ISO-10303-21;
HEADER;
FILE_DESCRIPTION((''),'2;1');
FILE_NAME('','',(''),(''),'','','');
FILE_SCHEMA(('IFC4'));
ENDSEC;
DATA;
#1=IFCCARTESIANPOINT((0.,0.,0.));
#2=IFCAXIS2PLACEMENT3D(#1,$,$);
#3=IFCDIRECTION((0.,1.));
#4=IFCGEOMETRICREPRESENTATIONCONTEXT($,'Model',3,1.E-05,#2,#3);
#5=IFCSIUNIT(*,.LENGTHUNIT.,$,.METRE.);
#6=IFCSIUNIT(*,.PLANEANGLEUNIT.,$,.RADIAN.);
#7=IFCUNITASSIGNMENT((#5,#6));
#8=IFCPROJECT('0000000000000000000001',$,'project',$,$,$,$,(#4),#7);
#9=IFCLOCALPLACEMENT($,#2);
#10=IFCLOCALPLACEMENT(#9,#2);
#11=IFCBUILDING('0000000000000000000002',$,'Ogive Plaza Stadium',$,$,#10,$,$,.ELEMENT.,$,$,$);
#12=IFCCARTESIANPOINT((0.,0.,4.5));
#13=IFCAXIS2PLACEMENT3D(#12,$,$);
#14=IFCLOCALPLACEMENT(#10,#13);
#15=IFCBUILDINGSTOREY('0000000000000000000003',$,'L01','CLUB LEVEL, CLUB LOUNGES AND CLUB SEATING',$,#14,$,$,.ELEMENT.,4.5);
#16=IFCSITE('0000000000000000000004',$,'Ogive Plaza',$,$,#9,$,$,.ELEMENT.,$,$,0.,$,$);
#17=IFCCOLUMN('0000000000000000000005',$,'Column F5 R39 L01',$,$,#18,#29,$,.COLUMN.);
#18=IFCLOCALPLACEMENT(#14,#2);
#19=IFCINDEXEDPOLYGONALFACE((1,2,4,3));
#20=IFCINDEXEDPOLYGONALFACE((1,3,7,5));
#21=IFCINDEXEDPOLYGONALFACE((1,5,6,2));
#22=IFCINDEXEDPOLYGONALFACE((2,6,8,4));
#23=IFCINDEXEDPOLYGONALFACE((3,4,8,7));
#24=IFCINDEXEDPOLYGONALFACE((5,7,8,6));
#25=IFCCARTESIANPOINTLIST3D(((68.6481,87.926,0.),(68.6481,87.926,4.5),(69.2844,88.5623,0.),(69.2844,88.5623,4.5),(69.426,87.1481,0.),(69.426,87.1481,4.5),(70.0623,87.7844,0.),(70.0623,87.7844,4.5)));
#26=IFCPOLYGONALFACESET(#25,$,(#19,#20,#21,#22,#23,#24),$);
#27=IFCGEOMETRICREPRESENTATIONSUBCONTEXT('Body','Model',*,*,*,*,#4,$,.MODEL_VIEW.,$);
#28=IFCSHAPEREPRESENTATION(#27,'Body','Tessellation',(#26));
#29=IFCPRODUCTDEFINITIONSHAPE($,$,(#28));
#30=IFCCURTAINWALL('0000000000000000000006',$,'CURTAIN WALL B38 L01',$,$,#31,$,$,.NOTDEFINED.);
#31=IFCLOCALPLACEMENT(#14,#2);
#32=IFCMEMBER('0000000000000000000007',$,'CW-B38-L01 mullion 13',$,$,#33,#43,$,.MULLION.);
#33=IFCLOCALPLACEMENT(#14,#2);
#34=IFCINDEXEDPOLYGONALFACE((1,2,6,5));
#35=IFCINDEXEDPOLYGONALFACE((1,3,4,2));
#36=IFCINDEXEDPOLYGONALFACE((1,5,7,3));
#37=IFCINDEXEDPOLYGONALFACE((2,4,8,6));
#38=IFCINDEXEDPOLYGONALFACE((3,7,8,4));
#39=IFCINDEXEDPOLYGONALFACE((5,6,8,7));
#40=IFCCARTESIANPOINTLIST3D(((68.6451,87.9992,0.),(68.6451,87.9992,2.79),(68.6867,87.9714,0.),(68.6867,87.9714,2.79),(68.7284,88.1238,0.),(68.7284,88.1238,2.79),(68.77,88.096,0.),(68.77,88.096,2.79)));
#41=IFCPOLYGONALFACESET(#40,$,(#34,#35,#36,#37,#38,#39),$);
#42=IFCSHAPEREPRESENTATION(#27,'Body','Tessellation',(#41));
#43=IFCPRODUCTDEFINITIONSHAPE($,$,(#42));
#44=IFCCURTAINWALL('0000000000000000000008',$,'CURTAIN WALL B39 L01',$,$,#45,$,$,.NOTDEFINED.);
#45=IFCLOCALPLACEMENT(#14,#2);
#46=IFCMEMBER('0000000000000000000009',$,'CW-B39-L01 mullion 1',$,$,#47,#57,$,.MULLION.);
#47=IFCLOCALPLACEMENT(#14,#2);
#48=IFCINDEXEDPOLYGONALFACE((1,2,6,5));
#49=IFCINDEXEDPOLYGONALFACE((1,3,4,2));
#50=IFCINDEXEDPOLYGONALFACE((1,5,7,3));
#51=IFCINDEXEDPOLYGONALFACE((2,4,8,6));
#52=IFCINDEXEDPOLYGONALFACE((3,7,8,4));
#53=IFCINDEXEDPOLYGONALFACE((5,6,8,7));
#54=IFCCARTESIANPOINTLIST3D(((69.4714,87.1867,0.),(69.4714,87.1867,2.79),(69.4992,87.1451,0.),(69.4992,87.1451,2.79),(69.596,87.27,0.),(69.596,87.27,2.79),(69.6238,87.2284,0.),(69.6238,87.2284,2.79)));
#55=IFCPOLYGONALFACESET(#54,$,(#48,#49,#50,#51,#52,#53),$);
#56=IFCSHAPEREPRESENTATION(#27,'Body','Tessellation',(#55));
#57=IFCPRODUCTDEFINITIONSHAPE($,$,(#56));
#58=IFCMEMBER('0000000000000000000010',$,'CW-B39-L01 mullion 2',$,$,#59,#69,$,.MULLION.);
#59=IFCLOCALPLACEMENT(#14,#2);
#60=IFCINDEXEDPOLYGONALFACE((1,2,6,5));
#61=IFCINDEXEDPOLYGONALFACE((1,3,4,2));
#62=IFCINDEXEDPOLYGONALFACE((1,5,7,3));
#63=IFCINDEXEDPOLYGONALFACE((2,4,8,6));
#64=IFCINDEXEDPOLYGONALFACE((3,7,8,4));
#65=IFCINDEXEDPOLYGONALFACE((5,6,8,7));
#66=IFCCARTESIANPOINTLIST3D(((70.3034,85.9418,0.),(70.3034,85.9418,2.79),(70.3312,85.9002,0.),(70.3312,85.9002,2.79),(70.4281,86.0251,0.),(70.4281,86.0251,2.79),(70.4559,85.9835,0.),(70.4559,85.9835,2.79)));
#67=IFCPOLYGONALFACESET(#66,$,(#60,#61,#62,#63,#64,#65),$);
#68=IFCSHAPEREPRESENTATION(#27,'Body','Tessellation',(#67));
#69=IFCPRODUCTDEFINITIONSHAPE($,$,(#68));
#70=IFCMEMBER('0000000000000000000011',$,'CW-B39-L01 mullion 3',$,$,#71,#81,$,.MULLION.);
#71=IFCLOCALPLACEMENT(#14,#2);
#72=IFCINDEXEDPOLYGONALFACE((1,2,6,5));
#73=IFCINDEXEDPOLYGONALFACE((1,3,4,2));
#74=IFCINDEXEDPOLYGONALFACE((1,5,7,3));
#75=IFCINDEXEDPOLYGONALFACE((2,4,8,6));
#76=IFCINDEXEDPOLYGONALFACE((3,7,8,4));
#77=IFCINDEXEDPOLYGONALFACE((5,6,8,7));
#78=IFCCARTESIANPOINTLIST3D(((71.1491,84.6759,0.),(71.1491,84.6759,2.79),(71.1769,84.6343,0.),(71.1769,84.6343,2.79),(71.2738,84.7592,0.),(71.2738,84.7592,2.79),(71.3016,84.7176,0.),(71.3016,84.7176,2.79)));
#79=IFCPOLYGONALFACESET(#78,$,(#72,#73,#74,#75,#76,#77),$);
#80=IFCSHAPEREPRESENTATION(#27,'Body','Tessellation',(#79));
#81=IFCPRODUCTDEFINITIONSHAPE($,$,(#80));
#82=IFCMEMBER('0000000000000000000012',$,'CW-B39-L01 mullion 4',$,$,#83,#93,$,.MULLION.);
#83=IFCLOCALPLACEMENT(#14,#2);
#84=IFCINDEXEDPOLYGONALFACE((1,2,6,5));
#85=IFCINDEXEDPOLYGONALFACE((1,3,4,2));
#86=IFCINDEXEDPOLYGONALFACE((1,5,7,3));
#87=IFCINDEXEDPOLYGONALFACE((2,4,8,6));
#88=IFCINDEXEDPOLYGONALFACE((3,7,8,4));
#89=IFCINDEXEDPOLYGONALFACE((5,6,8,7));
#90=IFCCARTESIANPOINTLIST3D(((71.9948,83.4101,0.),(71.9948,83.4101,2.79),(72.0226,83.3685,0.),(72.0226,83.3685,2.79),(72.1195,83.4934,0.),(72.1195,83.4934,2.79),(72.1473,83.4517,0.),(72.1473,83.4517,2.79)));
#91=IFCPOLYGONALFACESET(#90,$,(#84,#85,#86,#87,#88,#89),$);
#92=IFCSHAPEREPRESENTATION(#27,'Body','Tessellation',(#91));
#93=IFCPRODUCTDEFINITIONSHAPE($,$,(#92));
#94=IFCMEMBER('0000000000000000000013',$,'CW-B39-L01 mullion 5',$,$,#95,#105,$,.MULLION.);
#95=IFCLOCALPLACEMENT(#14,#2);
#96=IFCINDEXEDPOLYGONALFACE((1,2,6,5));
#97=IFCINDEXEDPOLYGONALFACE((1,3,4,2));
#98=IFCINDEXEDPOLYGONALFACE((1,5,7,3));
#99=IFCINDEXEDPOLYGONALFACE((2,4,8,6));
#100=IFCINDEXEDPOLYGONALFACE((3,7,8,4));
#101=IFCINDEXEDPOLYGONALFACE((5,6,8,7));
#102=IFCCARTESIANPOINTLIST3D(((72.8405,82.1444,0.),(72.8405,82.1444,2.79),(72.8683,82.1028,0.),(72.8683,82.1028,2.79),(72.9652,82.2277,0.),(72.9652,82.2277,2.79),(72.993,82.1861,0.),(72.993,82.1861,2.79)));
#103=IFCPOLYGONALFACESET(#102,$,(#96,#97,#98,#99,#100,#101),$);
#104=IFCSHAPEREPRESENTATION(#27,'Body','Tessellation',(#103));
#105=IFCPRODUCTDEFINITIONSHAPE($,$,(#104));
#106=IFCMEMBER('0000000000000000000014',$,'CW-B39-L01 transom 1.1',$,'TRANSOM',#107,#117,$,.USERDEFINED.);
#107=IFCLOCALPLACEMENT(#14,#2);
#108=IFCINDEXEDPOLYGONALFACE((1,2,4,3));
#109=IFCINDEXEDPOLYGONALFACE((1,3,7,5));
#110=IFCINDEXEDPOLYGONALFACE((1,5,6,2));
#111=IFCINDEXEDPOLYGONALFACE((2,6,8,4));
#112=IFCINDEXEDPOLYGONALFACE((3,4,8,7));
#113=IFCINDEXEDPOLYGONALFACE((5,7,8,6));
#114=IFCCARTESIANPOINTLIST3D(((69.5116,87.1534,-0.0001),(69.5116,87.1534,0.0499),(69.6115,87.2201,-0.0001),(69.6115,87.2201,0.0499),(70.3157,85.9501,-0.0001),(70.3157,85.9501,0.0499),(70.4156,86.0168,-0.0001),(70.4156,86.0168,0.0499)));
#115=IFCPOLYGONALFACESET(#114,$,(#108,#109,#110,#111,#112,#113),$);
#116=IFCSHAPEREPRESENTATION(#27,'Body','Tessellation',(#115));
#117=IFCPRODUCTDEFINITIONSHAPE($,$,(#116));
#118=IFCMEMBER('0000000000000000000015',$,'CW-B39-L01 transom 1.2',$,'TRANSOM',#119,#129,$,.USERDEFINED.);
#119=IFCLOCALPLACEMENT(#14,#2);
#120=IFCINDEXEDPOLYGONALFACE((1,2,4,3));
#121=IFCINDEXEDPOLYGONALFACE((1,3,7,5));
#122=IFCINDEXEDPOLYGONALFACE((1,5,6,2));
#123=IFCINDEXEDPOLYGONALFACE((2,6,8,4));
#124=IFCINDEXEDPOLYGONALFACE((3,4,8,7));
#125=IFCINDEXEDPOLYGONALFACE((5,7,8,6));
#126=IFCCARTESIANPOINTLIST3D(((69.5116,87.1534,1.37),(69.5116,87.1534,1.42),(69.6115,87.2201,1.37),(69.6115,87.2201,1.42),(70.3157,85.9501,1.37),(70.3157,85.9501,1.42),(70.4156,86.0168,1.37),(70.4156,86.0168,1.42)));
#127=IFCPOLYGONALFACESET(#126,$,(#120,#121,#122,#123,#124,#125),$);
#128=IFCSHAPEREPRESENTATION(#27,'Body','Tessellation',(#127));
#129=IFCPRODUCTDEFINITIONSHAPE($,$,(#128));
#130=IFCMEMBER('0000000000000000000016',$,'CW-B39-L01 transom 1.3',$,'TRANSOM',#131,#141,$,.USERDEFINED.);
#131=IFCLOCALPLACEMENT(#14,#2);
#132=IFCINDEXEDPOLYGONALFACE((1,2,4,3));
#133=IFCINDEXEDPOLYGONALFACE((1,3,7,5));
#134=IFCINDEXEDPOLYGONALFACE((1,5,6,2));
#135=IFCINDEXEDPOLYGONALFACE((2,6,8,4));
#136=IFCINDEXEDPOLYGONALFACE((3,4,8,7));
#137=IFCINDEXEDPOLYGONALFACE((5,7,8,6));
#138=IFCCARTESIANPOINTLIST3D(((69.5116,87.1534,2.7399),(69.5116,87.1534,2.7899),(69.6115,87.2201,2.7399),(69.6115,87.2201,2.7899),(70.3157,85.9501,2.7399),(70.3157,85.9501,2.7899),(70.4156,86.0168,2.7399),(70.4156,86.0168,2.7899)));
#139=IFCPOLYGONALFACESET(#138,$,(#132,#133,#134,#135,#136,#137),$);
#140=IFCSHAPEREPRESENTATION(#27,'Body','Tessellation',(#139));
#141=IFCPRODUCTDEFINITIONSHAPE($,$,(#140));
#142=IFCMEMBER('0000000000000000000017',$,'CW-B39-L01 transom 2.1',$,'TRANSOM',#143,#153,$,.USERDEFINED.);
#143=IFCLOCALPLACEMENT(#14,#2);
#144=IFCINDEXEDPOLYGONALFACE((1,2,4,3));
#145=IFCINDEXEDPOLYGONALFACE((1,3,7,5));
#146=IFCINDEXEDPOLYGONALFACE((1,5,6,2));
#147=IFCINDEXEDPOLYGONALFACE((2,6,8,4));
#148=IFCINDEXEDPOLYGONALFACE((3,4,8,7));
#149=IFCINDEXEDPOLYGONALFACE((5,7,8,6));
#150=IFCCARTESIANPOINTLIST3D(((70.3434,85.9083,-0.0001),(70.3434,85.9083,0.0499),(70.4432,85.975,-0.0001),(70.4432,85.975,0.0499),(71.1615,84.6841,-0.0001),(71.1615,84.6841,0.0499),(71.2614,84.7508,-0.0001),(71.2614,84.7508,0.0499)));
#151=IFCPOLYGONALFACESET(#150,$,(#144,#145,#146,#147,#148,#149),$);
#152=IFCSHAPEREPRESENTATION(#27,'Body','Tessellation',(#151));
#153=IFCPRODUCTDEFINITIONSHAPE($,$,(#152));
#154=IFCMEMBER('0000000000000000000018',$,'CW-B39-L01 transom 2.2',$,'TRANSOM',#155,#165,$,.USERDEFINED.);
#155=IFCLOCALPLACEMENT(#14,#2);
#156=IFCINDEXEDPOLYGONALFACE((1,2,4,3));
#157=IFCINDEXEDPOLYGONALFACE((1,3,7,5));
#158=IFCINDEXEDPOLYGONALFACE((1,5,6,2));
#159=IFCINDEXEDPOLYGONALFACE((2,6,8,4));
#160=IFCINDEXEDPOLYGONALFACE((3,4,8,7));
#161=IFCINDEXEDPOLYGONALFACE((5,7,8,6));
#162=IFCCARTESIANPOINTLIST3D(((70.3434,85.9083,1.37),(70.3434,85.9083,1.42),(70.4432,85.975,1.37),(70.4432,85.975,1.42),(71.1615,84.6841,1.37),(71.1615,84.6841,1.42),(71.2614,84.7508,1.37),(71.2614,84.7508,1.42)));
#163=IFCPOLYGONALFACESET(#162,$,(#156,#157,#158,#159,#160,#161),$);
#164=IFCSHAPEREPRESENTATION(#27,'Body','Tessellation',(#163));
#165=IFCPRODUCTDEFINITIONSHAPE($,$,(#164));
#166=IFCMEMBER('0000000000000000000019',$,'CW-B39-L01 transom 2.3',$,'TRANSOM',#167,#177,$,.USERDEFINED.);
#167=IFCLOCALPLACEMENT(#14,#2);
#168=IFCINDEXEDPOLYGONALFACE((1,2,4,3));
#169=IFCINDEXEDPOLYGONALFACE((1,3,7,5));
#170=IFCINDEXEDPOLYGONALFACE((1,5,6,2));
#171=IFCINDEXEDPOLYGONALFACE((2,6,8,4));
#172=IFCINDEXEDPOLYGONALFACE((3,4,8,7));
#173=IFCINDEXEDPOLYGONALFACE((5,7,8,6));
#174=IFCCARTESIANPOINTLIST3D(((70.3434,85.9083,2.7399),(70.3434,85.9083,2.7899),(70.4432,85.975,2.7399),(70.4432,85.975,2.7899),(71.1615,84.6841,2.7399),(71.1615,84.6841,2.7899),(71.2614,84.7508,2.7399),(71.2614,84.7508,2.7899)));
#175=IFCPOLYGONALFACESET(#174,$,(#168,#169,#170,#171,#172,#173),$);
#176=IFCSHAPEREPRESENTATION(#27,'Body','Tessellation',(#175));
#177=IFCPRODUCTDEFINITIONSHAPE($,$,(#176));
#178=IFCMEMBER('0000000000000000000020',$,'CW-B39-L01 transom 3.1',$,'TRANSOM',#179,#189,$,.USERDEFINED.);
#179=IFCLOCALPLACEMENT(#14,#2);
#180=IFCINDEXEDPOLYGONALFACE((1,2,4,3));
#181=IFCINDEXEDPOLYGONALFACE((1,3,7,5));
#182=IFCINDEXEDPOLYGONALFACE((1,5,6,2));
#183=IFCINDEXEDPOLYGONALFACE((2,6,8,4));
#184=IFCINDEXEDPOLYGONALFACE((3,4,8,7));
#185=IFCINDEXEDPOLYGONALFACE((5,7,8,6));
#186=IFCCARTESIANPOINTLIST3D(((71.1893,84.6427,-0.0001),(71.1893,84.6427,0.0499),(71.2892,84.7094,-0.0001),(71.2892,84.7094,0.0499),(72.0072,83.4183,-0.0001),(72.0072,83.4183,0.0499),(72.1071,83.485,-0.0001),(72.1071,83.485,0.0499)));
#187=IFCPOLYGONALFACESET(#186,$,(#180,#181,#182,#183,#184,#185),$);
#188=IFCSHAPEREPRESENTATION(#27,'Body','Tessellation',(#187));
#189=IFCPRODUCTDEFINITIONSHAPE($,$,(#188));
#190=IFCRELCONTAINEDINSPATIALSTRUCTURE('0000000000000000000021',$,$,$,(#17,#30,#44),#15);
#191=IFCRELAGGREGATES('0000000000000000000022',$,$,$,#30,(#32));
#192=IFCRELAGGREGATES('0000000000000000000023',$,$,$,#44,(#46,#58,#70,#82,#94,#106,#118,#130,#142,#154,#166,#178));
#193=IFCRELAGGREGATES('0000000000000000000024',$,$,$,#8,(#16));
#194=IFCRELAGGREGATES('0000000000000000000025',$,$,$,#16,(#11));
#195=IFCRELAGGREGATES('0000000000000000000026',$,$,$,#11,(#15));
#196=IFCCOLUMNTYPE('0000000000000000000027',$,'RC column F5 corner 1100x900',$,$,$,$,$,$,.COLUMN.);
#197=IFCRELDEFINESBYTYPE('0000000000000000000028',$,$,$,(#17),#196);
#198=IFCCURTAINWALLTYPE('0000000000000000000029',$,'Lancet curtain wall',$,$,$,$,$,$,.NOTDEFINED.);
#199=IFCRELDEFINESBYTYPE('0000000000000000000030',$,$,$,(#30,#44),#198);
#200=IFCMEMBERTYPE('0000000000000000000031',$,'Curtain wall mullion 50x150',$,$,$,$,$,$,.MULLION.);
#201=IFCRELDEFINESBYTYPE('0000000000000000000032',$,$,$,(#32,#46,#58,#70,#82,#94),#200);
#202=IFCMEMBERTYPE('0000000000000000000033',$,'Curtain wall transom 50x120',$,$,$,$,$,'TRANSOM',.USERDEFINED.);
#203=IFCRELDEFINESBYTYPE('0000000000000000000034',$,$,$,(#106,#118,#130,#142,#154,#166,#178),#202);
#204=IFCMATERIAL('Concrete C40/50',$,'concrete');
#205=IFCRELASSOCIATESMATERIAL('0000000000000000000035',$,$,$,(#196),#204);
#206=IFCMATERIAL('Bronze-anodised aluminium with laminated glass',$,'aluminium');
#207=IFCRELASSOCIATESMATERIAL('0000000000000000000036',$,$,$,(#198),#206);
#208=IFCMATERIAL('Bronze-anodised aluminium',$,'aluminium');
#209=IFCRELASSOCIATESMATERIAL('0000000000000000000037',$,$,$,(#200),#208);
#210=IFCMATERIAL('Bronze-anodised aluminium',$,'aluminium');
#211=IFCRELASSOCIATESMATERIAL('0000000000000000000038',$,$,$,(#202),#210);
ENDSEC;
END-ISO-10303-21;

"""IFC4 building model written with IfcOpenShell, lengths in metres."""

from ifc_helpers import new_model, si_unit, direction, frame, origin, origin_2d, place, context, subcontext, project, spatial, rectangle, extrude, material, material_profile, profile_set, type_object, element, aggregate, save


model = new_model("IFC4")

# Units and contexts
model_context = context("Model", 3, precision=1e-05, world=origin(), true_north=direction((0.0, 1.0)))
body_context = subcontext(model_context, "Body", "Model", "MODEL_VIEW")
ifc_project = project(units=[si_unit("LENGTHUNIT", "METRE"), si_unit("PLANEANGLEUNIT", "RADIAN")], contexts=[model_context])

# Site, building, storey
site_placement = place(None, origin())
site = spatial("IfcSite", under=ifc_project, at=site_placement, Name="Ogive Plaza", CompositionType="ELEMENT", RefElevation=0.0)
building_placement = place(site_placement, origin())
building = spatial("IfcBuilding", under=site, at=building_placement, Name="Ogive Plaza Stadium", CompositionType="ELEMENT")
storey_placement = place(building_placement, frame((0.0, 0.0, 4.5)))
storey = spatial("IfcBuildingStorey", under=building, at=storey_placement, Name="L01", Description="CLUB LEVEL, CLUB LOUNGES AND CLUB SEATING", CompositionType="ELEMENT", Elevation=4.5)

# Column
ifc_material_1 = material(Name="Concrete C40/50", Category="concrete")
ifc_material_profile_1 = material_profile(ifc_material_1, rectangle(XDim=1.1001, YDim=0.8999, at=origin_2d()), Name="RC 1100x900")
ifc_profile_set_1 = profile_set([ifc_material_profile_1], Name="Concrete C40/50")
column_type = type_object("IfcColumnType", Name="RC column F5 corner 1100x900", PredefinedType="COLUMN", material=ifc_profile_set_1)
column_placement = place(storey_placement, frame((69.3552, 87.8552, 0.0), z_axis=(0.0, 0.0, 1.0), x_axis=(-0.707107, 0.707107, 0.0)))
element("IfcColumn", 1, at=column_placement, inside=storey, type_object=column_type, Name="Column F5 R39 L01", PredefinedType="COLUMN", context=body_context, shape_type="SweptSolid", body=[
    extrude(rectangle(XDim=1.1001, YDim=0.8999, at=origin_2d()), origin(), (0.0, 0.0, 1.0), 4.5),
])

# Curtain wall, member
ifc_material_2 = material(Name="Bronze-anodised aluminium with laminated glass", Category="aluminium")
curtain_wall_type = type_object("IfcCurtainWallType", Name="Lancet curtain wall", PredefinedType="NOTDEFINED", material=ifc_material_2)
curtain_wall_1_placement = place(storey_placement, origin())
curtain_wall_1 = element("IfcCurtainWall", 2, at=curtain_wall_1_placement, inside=storey, type_object=curtain_wall_type, Name="CURTAIN WALL B38 L01", PredefinedType="NOTDEFINED")
ifc_material_3 = material(Name="Bronze-anodised aluminium", Category="aluminium")
ifc_material_profile_2 = material_profile(ifc_material_3, rectangle(XDim=0.1499, YDim=0.05, at=origin_2d()), Name="AL 150x50")
ifc_profile_set_2 = profile_set([ifc_material_profile_2], Name="Bronze-anodised aluminium")
member_type_1 = type_object("IfcMemberType", Name="Curtain wall mullion 50x150", PredefinedType="MULLION", material=ifc_profile_set_2)
member_1_placement = place(storey_placement, frame((68.7075, 88.0476, 0.0), z_axis=(0.0, 0.0, 1.0), x_axis=(0.55557, 0.83147, 0.0)))
member_1 = element("IfcMember", 3, at=member_1_placement, type_object=member_type_1, Name="CW-B38-L01 mullion 13", PredefinedType="MULLION", context=body_context, shape_type="SweptSolid", body=[
    extrude(rectangle(XDim=0.1499, YDim=0.05, at=origin_2d()), origin(), (0.0, 0.0, 1.0), 2.79),
])

# Curtain wall, members
curtain_wall_2_placement = place(storey_placement, origin())
curtain_wall_2 = element("IfcCurtainWall", 4, at=curtain_wall_2_placement, inside=storey, type_object=curtain_wall_type, Name="CURTAIN WALL B39 L01", PredefinedType="NOTDEFINED")
member_2_placement = place(storey_placement, frame((69.5476, 87.2075, 0.0), z_axis=(0.0, 0.0, 1.0), x_axis=(0.83147, 0.55557, 0.0)))
member_2 = element("IfcMember", 5, at=member_2_placement, type_object=member_type_1, Name="CW-B39-L01 mullion 1", PredefinedType="MULLION", context=body_context, shape_type="SweptSolid", body=[
    extrude(rectangle(XDim=0.1499, YDim=0.05, at=origin_2d()), origin(), (0.0, 0.0, 1.0), 2.79),
])
member_3_placement = place(storey_placement, frame((70.3796, 85.9626, 0.0), z_axis=(0.0, 0.0, 1.0), x_axis=(0.83147, 0.55557, 0.0)))
member_3 = element("IfcMember", 6, at=member_3_placement, type_object=member_type_1, Name="CW-B39-L01 mullion 2", PredefinedType="MULLION", context=body_context, shape_type="SweptSolid", body=[
    extrude(rectangle(XDim=0.1499, YDim=0.05, at=origin_2d()), origin(), (0.0, 0.0, 1.0), 2.79),
])
member_4_placement = place(storey_placement, frame((71.2253, 84.6968, 0.0), z_axis=(0.0, 0.0, 1.0), x_axis=(0.83147, 0.55557, 0.0)))
member_4 = element("IfcMember", 7, at=member_4_placement, type_object=member_type_1, Name="CW-B39-L01 mullion 3", PredefinedType="MULLION", context=body_context, shape_type="SweptSolid", body=[
    extrude(rectangle(XDim=0.1499, YDim=0.05, at=origin_2d()), origin(), (0.0, 0.0, 1.0), 2.79),
])
member_5_placement = place(storey_placement, frame((72.071, 83.4309, 0.0), z_axis=(0.0, 0.0, 1.0), x_axis=(0.83147, 0.55557, 0.0)))
member_5 = element("IfcMember", 8, at=member_5_placement, type_object=member_type_1, Name="CW-B39-L01 mullion 4", PredefinedType="MULLION", context=body_context, shape_type="SweptSolid", body=[
    extrude(rectangle(XDim=0.1499, YDim=0.05, at=origin_2d()), origin(), (0.0, 0.0, 1.0), 2.79),
])
member_6_placement = place(storey_placement, frame((72.9167, 82.1653, 0.0), z_axis=(0.0, 0.0, 1.0), x_axis=(0.83147, 0.55557, 0.0)))
member_6 = element("IfcMember", 9, at=member_6_placement, type_object=member_type_1, Name="CW-B39-L01 mullion 5", PredefinedType="MULLION", context=body_context, shape_type="SweptSolid", body=[
    extrude(rectangle(XDim=0.1499, YDim=0.05, at=origin_2d()), origin(), (0.0, 0.0, 1.0), 2.79),
])
ifc_material_4 = material(Name="Bronze-anodised aluminium", Category="aluminium")
ifc_material_profile_3 = material_profile(ifc_material_4, rectangle(XDim=0.1201, YDim=0.05, at=origin_2d()), Name="AL 120x50")
ifc_profile_set_3 = profile_set([ifc_material_profile_3], Name="Bronze-anodised aluminium")
member_type_2 = type_object("IfcMemberType", Name="Curtain wall transom 50x120", ElementType="TRANSOM", PredefinedType="USERDEFINED", material=ifc_profile_set_3)
member_7_placement = place(storey_placement, frame((69.5615, 87.1868, 0.0249), z_axis=(0.555634, -0.831427, 0.0), x_axis=(0.831427, 0.555634, 0.0)))
member_7 = element("IfcMember", 10, at=member_7_placement, type_object=member_type_2, Name="CW-B39-L01 transom 1.1", ObjectType="TRANSOM", PredefinedType="USERDEFINED", context=body_context, shape_type="SweptSolid", body=[
    extrude(rectangle(XDim=0.1201, YDim=0.05, at=origin_2d()), origin(), (0.0, 0.0, 1.0), 1.4473),
])
member_8_placement = place(storey_placement, frame((69.5615, 87.1868, 1.395), z_axis=(0.555634, -0.831427, 0.0), x_axis=(0.831427, 0.555634, 0.0)))
member_8 = element("IfcMember", 11, at=member_8_placement, type_object=member_type_2, Name="CW-B39-L01 transom 1.2", ObjectType="TRANSOM", PredefinedType="USERDEFINED", context=body_context, shape_type="SweptSolid", body=[
    extrude(rectangle(XDim=0.1201, YDim=0.05, at=origin_2d()), origin(), (0.0, 0.0, 1.0), 1.4473),
])
member_9_placement = place(storey_placement, frame((69.5615, 87.1868, 2.7649), z_axis=(0.555634, -0.831427, 0.0), x_axis=(0.831427, 0.555634, 0.0)))
member_9 = element("IfcMember", 12, at=member_9_placement, type_object=member_type_2, Name="CW-B39-L01 transom 1.3", ObjectType="TRANSOM", PredefinedType="USERDEFINED", context=body_context, shape_type="SweptSolid", body=[
    extrude(rectangle(XDim=0.1201, YDim=0.05, at=origin_2d()), origin(), (0.0, 0.0, 1.0), 1.4473),
])
member_10_placement = place(storey_placement, frame((70.3933, 85.9417, 0.0249), z_axis=(0.555656, -0.831412, 0.0), x_axis=(0.831412, 0.555656, 0.0)))
member_10 = element("IfcMember", 13, at=member_10_placement, type_object=member_type_2, Name="CW-B39-L01 transom 2.1", ObjectType="TRANSOM", PredefinedType="USERDEFINED", context=body_context, shape_type="SweptSolid", body=[
    extrude(rectangle(XDim=0.1201, YDim=0.05, at=origin_2d()), origin(), (0.0, 0.0, 1.0), 1.4724),
])
member_11_placement = place(storey_placement, frame((70.3933, 85.9417, 1.395), z_axis=(0.555656, -0.831412, 0.0), x_axis=(0.831412, 0.555656, 0.0)))
member_11 = element("IfcMember", 14, at=member_11_placement, type_object=member_type_2, Name="CW-B39-L01 transom 2.2", ObjectType="TRANSOM", PredefinedType="USERDEFINED", context=body_context, shape_type="SweptSolid", body=[
    extrude(rectangle(XDim=0.1201, YDim=0.05, at=origin_2d()), origin(), (0.0, 0.0, 1.0), 1.4724),
])
member_12_placement = place(storey_placement, frame((70.3933, 85.9417, 2.7649), z_axis=(0.555656, -0.831412, 0.0), x_axis=(0.831412, 0.555656, 0.0)))
member_12 = element("IfcMember", 15, at=member_12_placement, type_object=member_type_2, Name="CW-B39-L01 transom 2.3", ObjectType="TRANSOM", PredefinedType="USERDEFINED", context=body_context, shape_type="SweptSolid", body=[
    extrude(rectangle(XDim=0.1201, YDim=0.05, at=origin_2d()), origin(), (0.0, 0.0, 1.0), 1.4724),
])
member_13_placement = place(storey_placement, frame((71.2393, 84.676, 0.0249), z_axis=(0.555465, -0.83154, 0.0), x_axis=(0.83154, 0.555465, 0.0)))
member_13 = element("IfcMember", 16, at=member_13_placement, type_object=member_type_2, Name="CW-B39-L01 transom 3.1", ObjectType="TRANSOM", PredefinedType="USERDEFINED", context=body_context, shape_type="SweptSolid", body=[
    extrude(rectangle(XDim=0.1201, YDim=0.05, at=origin_2d()), origin(), (0.0, 0.0, 1.0), 1.4724),
])

aggregate(curtain_wall_1, [member_1])
aggregate(curtain_wall_2, [member_2, member_3, member_4, member_5, member_6, member_7, member_8, member_9, member_10, member_11, member_12, member_13])

save(model, "model.ifc")
